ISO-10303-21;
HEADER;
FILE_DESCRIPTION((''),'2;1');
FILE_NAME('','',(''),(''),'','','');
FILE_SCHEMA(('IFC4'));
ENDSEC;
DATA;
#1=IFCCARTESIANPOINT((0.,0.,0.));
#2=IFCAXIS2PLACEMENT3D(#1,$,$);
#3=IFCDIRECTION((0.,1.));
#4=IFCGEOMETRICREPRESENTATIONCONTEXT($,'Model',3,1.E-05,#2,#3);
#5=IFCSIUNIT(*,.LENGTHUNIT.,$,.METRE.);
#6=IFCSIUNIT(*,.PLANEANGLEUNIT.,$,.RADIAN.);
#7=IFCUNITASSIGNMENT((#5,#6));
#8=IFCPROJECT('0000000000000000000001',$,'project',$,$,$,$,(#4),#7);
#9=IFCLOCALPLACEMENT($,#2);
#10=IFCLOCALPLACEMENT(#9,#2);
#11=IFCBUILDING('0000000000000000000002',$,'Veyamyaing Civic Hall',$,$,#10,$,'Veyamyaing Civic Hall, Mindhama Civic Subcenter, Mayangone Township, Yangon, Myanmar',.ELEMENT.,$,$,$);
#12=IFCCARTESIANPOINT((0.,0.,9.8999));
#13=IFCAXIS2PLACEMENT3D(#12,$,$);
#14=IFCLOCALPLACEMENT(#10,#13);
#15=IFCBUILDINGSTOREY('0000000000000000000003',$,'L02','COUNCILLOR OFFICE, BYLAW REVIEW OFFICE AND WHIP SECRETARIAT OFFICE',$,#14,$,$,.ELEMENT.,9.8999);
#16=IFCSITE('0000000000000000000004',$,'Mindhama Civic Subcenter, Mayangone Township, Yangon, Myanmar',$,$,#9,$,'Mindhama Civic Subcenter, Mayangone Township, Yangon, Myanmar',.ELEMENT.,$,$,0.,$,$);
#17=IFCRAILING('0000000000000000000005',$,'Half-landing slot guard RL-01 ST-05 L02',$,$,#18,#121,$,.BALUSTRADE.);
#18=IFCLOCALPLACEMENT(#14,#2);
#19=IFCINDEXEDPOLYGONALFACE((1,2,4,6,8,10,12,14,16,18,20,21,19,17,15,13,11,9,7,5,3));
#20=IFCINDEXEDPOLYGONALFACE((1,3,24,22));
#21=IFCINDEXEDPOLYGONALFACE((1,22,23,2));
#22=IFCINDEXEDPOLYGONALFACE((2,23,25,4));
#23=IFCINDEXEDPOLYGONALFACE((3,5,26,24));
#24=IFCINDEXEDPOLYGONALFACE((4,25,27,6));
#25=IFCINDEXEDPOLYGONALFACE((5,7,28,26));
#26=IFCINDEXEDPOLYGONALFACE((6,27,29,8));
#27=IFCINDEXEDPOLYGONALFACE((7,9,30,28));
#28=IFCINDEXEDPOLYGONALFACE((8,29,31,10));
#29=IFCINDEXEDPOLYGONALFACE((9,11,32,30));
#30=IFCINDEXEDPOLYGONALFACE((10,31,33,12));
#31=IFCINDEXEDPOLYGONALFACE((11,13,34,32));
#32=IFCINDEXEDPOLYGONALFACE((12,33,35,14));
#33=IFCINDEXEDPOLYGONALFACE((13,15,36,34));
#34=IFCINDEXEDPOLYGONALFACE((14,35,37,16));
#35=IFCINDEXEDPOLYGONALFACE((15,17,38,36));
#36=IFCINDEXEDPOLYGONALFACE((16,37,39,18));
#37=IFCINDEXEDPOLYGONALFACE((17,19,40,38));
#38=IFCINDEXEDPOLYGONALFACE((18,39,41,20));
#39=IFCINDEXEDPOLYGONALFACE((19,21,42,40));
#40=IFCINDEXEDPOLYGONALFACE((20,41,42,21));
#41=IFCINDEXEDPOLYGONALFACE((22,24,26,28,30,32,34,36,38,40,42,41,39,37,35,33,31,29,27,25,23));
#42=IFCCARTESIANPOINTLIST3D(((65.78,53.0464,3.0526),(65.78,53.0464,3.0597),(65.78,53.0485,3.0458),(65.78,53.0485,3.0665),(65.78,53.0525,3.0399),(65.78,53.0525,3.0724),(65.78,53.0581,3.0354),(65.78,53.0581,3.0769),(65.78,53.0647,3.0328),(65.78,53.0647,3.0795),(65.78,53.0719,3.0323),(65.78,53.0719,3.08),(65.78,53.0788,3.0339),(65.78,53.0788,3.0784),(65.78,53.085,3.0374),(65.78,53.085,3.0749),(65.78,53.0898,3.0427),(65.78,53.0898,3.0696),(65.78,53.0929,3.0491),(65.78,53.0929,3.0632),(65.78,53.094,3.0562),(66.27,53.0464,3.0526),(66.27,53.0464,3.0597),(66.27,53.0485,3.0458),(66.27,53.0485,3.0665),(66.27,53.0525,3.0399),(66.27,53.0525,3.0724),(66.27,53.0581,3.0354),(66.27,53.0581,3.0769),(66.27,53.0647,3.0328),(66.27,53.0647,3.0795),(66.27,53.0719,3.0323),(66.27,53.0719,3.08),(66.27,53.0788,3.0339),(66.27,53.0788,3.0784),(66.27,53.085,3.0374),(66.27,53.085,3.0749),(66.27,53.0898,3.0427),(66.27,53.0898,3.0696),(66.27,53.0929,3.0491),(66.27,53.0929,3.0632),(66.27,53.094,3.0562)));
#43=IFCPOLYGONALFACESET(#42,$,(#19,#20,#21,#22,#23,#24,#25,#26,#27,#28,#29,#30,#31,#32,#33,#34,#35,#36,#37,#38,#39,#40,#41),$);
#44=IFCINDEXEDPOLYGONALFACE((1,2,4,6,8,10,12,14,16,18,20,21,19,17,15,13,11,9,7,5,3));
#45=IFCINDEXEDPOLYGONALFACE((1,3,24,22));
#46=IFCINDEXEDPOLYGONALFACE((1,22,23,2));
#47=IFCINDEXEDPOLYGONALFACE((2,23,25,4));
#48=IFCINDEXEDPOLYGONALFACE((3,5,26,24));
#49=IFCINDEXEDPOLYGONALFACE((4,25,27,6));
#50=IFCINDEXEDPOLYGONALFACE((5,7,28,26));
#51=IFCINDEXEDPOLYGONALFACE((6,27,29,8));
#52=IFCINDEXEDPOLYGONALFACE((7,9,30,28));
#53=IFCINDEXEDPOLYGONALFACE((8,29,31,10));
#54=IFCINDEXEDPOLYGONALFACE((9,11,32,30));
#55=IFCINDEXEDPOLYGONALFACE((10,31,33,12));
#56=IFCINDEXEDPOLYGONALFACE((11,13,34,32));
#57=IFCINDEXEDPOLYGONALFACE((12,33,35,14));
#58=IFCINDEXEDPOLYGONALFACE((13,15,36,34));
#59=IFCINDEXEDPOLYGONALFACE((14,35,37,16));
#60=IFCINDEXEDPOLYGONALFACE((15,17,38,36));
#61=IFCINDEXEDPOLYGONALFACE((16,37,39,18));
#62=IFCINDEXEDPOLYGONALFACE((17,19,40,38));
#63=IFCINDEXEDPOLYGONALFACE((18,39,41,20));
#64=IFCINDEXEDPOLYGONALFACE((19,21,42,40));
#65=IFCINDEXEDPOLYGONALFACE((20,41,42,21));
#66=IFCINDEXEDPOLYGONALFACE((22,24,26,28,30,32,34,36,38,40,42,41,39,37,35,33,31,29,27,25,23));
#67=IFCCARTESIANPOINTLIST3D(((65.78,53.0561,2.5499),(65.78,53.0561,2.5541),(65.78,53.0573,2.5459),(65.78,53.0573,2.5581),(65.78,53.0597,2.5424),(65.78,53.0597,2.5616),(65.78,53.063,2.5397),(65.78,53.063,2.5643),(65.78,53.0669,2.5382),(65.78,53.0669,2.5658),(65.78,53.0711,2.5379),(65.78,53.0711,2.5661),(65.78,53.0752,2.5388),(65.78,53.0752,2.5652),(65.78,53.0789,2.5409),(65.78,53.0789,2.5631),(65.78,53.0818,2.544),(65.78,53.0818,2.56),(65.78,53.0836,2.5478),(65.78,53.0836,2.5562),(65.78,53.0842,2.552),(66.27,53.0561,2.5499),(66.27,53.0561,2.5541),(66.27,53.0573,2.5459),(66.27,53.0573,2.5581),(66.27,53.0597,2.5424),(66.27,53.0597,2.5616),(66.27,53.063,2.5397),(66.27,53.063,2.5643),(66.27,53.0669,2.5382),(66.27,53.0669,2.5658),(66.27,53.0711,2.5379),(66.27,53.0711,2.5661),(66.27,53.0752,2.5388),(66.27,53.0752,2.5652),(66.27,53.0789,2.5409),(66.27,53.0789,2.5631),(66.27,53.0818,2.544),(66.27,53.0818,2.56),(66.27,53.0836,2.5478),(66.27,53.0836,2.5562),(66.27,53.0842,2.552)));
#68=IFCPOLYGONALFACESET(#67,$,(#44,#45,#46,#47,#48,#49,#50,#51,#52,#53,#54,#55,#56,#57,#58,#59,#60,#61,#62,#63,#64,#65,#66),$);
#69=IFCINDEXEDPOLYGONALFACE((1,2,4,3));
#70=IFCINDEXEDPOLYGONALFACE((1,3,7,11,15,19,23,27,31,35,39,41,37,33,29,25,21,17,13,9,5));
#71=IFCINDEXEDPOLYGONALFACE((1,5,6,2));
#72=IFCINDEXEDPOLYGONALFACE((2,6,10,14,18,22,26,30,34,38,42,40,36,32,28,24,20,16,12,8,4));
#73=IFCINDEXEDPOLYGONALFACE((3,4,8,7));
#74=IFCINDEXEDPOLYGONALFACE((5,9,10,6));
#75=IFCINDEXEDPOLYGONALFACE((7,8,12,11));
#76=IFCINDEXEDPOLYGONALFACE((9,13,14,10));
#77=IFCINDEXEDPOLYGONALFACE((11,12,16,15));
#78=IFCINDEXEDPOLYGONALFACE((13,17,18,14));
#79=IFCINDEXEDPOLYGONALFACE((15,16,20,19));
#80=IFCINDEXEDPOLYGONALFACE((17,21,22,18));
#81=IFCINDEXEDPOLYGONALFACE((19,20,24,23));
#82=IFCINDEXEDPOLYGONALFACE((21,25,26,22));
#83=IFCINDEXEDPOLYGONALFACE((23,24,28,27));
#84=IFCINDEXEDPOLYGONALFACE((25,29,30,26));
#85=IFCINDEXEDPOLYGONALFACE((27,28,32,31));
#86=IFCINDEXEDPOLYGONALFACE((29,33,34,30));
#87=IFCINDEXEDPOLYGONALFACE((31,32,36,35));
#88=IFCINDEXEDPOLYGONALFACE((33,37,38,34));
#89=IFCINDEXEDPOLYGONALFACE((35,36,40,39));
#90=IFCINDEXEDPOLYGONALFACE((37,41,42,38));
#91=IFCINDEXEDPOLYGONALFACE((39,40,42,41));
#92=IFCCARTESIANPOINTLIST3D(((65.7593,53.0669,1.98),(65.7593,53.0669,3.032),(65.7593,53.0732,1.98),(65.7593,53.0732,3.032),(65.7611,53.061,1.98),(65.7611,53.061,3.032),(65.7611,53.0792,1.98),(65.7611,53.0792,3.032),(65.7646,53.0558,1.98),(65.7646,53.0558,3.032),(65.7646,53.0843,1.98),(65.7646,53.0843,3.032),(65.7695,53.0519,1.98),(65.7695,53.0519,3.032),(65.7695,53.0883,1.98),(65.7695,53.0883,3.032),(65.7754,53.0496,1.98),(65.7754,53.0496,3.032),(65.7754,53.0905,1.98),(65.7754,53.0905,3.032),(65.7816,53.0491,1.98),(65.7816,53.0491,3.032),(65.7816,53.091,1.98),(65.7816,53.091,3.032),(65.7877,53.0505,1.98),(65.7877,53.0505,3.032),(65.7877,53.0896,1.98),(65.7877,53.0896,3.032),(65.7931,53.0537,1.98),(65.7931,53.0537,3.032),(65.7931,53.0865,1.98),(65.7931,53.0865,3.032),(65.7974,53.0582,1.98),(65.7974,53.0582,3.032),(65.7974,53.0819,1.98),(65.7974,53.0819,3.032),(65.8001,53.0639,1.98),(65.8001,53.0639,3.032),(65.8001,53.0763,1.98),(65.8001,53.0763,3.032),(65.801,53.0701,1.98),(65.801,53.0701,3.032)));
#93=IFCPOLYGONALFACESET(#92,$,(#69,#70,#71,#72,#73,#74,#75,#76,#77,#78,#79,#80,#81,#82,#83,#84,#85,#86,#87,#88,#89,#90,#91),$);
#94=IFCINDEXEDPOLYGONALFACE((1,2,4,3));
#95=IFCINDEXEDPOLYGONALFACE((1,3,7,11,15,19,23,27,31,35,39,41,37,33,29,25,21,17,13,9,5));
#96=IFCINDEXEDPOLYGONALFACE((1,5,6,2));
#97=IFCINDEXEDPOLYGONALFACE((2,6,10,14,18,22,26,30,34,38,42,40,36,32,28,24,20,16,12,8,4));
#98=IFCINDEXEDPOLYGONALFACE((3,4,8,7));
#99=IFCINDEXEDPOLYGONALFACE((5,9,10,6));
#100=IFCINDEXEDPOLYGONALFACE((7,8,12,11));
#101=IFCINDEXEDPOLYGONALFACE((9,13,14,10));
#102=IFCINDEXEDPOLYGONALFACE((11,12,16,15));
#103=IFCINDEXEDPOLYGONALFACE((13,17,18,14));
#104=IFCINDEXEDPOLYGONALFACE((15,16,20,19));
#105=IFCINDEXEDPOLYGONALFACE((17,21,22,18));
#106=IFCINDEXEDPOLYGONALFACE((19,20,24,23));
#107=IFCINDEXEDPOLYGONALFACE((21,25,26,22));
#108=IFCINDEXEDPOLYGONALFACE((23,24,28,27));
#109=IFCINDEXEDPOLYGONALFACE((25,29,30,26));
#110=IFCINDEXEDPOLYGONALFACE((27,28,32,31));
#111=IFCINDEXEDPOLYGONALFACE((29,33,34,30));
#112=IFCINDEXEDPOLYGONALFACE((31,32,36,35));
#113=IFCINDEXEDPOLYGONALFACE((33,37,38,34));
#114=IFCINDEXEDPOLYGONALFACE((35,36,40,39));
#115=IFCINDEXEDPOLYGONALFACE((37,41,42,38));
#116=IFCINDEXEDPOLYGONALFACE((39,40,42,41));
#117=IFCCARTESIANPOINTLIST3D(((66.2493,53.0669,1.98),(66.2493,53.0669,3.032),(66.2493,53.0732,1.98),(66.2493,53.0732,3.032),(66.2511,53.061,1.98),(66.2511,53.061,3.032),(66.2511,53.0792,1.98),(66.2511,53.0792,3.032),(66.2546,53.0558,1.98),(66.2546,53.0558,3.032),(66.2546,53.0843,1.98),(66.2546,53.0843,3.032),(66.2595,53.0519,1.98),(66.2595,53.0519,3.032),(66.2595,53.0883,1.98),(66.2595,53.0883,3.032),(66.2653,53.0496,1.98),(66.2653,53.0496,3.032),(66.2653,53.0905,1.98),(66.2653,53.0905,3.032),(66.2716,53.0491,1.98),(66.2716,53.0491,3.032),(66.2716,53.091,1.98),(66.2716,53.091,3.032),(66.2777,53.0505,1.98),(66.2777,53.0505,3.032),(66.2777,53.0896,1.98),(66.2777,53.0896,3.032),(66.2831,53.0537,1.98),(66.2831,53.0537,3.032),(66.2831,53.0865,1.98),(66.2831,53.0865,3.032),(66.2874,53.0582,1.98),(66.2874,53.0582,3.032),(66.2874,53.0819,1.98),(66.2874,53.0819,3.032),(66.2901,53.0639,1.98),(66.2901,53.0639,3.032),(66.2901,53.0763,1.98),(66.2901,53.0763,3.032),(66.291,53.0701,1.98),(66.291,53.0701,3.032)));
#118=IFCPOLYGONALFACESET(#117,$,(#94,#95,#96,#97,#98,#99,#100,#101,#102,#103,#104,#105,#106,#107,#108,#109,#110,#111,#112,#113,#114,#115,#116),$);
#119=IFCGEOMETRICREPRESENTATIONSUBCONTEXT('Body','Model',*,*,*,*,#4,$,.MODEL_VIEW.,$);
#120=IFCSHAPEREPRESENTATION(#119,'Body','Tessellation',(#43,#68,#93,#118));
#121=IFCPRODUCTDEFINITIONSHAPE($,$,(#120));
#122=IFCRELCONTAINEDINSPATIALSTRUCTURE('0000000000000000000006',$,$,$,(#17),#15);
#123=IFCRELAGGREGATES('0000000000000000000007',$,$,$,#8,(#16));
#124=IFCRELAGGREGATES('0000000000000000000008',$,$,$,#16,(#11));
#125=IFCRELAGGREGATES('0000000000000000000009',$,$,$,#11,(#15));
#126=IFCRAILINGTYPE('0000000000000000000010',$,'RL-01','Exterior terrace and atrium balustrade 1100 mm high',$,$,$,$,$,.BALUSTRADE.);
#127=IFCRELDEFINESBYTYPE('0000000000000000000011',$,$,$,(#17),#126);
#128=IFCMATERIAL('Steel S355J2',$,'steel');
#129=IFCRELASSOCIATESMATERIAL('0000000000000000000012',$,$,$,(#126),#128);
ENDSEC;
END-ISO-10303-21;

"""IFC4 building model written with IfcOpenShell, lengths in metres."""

from ifc_helpers import new_model, si_unit, direction, frame, origin, origin_2d, place, context, subcontext, project, spatial, circle, extrude, material, type_object, element, save


model = new_model("IFC4")

# Units and contexts
model_context = context("Model", 3, precision=1e-05, world=origin(), true_north=direction((0.0, 1.0)))
body_context = subcontext(model_context, "Body", "Model", "MODEL_VIEW")
ifc_project = project(units=[si_unit("LENGTHUNIT", "METRE"), si_unit("PLANEANGLEUNIT", "RADIAN")], contexts=[model_context])

# Site, building, storey
site_placement = place(None, origin())
site = spatial("IfcSite", under=ifc_project, at=site_placement, Name="Mindhama Civic Subcenter, Mayangone Township, Yangon, Myanmar", LongName="Mindhama Civic Subcenter, Mayangone Township, Yangon, Myanmar", CompositionType="ELEMENT", RefElevation=0.0)
building_placement = place(site_placement, origin())
building = spatial("IfcBuilding", under=site, at=building_placement, Name="Veyamyaing Civic Hall", LongName="Veyamyaing Civic Hall, Mindhama Civic Subcenter, Mayangone Township, Yangon, Myanmar", CompositionType="ELEMENT")
storey_placement = place(building_placement, frame((0.0, 0.0, 9.8999)))
storey = spatial("IfcBuildingStorey", under=building, at=storey_placement, Name="L02", Description="COUNCILLOR OFFICE, BYLAW REVIEW OFFICE AND WHIP SECRETARIAT OFFICE", CompositionType="ELEMENT", Elevation=9.8999)

# Railing
ifc_material_1 = material(Name="Steel S355J2", Category="steel")
railing_type_1 = type_object("IfcRailingType", Name="RL-01", Description="Exterior terrace and atrium balustrade 1100 mm high", PredefinedType="BALUSTRADE", material=ifc_material_1)
railing_1_placement = place(storey_placement, frame((65.78, 53.0701, 1.98)))
element("IfcRailing", 1, at=railing_1_placement, inside=storey, type_object=railing_type_1, Name="Half-landing slot guard RL-01 ST-05 L02", PredefinedType="BALUSTRADE", context=body_context, shape_type="SweptSolid", body=[
    extrude(circle(Radius=0.0239, at=origin_2d()), frame((0.0, 0.0, 1.0762), z_axis=(1.0, 0.0, 0.0), x_axis=(0.0, 1.0, 0.0)), (0.0, 0.0, 1.0), 0.49),
    extrude(circle(Radius=0.0142, at=origin_2d()), frame((0.0, 0.0, 0.572), z_axis=(1.0, 0.0, 0.0), x_axis=(0.0, 1.0, 0.0)), (0.0, 0.0, 1.0), 0.49),
    extrude(circle(Radius=0.021, at=origin_2d()), origin(), (0.0, 0.0, 1.0), 1.052),
    extrude(circle(Radius=0.021, at=origin_2d()), frame((0.49, 0.0, 0.0)), (0.0, 0.0, 1.0), 1.052),
])

save(model, "model.ifc")
